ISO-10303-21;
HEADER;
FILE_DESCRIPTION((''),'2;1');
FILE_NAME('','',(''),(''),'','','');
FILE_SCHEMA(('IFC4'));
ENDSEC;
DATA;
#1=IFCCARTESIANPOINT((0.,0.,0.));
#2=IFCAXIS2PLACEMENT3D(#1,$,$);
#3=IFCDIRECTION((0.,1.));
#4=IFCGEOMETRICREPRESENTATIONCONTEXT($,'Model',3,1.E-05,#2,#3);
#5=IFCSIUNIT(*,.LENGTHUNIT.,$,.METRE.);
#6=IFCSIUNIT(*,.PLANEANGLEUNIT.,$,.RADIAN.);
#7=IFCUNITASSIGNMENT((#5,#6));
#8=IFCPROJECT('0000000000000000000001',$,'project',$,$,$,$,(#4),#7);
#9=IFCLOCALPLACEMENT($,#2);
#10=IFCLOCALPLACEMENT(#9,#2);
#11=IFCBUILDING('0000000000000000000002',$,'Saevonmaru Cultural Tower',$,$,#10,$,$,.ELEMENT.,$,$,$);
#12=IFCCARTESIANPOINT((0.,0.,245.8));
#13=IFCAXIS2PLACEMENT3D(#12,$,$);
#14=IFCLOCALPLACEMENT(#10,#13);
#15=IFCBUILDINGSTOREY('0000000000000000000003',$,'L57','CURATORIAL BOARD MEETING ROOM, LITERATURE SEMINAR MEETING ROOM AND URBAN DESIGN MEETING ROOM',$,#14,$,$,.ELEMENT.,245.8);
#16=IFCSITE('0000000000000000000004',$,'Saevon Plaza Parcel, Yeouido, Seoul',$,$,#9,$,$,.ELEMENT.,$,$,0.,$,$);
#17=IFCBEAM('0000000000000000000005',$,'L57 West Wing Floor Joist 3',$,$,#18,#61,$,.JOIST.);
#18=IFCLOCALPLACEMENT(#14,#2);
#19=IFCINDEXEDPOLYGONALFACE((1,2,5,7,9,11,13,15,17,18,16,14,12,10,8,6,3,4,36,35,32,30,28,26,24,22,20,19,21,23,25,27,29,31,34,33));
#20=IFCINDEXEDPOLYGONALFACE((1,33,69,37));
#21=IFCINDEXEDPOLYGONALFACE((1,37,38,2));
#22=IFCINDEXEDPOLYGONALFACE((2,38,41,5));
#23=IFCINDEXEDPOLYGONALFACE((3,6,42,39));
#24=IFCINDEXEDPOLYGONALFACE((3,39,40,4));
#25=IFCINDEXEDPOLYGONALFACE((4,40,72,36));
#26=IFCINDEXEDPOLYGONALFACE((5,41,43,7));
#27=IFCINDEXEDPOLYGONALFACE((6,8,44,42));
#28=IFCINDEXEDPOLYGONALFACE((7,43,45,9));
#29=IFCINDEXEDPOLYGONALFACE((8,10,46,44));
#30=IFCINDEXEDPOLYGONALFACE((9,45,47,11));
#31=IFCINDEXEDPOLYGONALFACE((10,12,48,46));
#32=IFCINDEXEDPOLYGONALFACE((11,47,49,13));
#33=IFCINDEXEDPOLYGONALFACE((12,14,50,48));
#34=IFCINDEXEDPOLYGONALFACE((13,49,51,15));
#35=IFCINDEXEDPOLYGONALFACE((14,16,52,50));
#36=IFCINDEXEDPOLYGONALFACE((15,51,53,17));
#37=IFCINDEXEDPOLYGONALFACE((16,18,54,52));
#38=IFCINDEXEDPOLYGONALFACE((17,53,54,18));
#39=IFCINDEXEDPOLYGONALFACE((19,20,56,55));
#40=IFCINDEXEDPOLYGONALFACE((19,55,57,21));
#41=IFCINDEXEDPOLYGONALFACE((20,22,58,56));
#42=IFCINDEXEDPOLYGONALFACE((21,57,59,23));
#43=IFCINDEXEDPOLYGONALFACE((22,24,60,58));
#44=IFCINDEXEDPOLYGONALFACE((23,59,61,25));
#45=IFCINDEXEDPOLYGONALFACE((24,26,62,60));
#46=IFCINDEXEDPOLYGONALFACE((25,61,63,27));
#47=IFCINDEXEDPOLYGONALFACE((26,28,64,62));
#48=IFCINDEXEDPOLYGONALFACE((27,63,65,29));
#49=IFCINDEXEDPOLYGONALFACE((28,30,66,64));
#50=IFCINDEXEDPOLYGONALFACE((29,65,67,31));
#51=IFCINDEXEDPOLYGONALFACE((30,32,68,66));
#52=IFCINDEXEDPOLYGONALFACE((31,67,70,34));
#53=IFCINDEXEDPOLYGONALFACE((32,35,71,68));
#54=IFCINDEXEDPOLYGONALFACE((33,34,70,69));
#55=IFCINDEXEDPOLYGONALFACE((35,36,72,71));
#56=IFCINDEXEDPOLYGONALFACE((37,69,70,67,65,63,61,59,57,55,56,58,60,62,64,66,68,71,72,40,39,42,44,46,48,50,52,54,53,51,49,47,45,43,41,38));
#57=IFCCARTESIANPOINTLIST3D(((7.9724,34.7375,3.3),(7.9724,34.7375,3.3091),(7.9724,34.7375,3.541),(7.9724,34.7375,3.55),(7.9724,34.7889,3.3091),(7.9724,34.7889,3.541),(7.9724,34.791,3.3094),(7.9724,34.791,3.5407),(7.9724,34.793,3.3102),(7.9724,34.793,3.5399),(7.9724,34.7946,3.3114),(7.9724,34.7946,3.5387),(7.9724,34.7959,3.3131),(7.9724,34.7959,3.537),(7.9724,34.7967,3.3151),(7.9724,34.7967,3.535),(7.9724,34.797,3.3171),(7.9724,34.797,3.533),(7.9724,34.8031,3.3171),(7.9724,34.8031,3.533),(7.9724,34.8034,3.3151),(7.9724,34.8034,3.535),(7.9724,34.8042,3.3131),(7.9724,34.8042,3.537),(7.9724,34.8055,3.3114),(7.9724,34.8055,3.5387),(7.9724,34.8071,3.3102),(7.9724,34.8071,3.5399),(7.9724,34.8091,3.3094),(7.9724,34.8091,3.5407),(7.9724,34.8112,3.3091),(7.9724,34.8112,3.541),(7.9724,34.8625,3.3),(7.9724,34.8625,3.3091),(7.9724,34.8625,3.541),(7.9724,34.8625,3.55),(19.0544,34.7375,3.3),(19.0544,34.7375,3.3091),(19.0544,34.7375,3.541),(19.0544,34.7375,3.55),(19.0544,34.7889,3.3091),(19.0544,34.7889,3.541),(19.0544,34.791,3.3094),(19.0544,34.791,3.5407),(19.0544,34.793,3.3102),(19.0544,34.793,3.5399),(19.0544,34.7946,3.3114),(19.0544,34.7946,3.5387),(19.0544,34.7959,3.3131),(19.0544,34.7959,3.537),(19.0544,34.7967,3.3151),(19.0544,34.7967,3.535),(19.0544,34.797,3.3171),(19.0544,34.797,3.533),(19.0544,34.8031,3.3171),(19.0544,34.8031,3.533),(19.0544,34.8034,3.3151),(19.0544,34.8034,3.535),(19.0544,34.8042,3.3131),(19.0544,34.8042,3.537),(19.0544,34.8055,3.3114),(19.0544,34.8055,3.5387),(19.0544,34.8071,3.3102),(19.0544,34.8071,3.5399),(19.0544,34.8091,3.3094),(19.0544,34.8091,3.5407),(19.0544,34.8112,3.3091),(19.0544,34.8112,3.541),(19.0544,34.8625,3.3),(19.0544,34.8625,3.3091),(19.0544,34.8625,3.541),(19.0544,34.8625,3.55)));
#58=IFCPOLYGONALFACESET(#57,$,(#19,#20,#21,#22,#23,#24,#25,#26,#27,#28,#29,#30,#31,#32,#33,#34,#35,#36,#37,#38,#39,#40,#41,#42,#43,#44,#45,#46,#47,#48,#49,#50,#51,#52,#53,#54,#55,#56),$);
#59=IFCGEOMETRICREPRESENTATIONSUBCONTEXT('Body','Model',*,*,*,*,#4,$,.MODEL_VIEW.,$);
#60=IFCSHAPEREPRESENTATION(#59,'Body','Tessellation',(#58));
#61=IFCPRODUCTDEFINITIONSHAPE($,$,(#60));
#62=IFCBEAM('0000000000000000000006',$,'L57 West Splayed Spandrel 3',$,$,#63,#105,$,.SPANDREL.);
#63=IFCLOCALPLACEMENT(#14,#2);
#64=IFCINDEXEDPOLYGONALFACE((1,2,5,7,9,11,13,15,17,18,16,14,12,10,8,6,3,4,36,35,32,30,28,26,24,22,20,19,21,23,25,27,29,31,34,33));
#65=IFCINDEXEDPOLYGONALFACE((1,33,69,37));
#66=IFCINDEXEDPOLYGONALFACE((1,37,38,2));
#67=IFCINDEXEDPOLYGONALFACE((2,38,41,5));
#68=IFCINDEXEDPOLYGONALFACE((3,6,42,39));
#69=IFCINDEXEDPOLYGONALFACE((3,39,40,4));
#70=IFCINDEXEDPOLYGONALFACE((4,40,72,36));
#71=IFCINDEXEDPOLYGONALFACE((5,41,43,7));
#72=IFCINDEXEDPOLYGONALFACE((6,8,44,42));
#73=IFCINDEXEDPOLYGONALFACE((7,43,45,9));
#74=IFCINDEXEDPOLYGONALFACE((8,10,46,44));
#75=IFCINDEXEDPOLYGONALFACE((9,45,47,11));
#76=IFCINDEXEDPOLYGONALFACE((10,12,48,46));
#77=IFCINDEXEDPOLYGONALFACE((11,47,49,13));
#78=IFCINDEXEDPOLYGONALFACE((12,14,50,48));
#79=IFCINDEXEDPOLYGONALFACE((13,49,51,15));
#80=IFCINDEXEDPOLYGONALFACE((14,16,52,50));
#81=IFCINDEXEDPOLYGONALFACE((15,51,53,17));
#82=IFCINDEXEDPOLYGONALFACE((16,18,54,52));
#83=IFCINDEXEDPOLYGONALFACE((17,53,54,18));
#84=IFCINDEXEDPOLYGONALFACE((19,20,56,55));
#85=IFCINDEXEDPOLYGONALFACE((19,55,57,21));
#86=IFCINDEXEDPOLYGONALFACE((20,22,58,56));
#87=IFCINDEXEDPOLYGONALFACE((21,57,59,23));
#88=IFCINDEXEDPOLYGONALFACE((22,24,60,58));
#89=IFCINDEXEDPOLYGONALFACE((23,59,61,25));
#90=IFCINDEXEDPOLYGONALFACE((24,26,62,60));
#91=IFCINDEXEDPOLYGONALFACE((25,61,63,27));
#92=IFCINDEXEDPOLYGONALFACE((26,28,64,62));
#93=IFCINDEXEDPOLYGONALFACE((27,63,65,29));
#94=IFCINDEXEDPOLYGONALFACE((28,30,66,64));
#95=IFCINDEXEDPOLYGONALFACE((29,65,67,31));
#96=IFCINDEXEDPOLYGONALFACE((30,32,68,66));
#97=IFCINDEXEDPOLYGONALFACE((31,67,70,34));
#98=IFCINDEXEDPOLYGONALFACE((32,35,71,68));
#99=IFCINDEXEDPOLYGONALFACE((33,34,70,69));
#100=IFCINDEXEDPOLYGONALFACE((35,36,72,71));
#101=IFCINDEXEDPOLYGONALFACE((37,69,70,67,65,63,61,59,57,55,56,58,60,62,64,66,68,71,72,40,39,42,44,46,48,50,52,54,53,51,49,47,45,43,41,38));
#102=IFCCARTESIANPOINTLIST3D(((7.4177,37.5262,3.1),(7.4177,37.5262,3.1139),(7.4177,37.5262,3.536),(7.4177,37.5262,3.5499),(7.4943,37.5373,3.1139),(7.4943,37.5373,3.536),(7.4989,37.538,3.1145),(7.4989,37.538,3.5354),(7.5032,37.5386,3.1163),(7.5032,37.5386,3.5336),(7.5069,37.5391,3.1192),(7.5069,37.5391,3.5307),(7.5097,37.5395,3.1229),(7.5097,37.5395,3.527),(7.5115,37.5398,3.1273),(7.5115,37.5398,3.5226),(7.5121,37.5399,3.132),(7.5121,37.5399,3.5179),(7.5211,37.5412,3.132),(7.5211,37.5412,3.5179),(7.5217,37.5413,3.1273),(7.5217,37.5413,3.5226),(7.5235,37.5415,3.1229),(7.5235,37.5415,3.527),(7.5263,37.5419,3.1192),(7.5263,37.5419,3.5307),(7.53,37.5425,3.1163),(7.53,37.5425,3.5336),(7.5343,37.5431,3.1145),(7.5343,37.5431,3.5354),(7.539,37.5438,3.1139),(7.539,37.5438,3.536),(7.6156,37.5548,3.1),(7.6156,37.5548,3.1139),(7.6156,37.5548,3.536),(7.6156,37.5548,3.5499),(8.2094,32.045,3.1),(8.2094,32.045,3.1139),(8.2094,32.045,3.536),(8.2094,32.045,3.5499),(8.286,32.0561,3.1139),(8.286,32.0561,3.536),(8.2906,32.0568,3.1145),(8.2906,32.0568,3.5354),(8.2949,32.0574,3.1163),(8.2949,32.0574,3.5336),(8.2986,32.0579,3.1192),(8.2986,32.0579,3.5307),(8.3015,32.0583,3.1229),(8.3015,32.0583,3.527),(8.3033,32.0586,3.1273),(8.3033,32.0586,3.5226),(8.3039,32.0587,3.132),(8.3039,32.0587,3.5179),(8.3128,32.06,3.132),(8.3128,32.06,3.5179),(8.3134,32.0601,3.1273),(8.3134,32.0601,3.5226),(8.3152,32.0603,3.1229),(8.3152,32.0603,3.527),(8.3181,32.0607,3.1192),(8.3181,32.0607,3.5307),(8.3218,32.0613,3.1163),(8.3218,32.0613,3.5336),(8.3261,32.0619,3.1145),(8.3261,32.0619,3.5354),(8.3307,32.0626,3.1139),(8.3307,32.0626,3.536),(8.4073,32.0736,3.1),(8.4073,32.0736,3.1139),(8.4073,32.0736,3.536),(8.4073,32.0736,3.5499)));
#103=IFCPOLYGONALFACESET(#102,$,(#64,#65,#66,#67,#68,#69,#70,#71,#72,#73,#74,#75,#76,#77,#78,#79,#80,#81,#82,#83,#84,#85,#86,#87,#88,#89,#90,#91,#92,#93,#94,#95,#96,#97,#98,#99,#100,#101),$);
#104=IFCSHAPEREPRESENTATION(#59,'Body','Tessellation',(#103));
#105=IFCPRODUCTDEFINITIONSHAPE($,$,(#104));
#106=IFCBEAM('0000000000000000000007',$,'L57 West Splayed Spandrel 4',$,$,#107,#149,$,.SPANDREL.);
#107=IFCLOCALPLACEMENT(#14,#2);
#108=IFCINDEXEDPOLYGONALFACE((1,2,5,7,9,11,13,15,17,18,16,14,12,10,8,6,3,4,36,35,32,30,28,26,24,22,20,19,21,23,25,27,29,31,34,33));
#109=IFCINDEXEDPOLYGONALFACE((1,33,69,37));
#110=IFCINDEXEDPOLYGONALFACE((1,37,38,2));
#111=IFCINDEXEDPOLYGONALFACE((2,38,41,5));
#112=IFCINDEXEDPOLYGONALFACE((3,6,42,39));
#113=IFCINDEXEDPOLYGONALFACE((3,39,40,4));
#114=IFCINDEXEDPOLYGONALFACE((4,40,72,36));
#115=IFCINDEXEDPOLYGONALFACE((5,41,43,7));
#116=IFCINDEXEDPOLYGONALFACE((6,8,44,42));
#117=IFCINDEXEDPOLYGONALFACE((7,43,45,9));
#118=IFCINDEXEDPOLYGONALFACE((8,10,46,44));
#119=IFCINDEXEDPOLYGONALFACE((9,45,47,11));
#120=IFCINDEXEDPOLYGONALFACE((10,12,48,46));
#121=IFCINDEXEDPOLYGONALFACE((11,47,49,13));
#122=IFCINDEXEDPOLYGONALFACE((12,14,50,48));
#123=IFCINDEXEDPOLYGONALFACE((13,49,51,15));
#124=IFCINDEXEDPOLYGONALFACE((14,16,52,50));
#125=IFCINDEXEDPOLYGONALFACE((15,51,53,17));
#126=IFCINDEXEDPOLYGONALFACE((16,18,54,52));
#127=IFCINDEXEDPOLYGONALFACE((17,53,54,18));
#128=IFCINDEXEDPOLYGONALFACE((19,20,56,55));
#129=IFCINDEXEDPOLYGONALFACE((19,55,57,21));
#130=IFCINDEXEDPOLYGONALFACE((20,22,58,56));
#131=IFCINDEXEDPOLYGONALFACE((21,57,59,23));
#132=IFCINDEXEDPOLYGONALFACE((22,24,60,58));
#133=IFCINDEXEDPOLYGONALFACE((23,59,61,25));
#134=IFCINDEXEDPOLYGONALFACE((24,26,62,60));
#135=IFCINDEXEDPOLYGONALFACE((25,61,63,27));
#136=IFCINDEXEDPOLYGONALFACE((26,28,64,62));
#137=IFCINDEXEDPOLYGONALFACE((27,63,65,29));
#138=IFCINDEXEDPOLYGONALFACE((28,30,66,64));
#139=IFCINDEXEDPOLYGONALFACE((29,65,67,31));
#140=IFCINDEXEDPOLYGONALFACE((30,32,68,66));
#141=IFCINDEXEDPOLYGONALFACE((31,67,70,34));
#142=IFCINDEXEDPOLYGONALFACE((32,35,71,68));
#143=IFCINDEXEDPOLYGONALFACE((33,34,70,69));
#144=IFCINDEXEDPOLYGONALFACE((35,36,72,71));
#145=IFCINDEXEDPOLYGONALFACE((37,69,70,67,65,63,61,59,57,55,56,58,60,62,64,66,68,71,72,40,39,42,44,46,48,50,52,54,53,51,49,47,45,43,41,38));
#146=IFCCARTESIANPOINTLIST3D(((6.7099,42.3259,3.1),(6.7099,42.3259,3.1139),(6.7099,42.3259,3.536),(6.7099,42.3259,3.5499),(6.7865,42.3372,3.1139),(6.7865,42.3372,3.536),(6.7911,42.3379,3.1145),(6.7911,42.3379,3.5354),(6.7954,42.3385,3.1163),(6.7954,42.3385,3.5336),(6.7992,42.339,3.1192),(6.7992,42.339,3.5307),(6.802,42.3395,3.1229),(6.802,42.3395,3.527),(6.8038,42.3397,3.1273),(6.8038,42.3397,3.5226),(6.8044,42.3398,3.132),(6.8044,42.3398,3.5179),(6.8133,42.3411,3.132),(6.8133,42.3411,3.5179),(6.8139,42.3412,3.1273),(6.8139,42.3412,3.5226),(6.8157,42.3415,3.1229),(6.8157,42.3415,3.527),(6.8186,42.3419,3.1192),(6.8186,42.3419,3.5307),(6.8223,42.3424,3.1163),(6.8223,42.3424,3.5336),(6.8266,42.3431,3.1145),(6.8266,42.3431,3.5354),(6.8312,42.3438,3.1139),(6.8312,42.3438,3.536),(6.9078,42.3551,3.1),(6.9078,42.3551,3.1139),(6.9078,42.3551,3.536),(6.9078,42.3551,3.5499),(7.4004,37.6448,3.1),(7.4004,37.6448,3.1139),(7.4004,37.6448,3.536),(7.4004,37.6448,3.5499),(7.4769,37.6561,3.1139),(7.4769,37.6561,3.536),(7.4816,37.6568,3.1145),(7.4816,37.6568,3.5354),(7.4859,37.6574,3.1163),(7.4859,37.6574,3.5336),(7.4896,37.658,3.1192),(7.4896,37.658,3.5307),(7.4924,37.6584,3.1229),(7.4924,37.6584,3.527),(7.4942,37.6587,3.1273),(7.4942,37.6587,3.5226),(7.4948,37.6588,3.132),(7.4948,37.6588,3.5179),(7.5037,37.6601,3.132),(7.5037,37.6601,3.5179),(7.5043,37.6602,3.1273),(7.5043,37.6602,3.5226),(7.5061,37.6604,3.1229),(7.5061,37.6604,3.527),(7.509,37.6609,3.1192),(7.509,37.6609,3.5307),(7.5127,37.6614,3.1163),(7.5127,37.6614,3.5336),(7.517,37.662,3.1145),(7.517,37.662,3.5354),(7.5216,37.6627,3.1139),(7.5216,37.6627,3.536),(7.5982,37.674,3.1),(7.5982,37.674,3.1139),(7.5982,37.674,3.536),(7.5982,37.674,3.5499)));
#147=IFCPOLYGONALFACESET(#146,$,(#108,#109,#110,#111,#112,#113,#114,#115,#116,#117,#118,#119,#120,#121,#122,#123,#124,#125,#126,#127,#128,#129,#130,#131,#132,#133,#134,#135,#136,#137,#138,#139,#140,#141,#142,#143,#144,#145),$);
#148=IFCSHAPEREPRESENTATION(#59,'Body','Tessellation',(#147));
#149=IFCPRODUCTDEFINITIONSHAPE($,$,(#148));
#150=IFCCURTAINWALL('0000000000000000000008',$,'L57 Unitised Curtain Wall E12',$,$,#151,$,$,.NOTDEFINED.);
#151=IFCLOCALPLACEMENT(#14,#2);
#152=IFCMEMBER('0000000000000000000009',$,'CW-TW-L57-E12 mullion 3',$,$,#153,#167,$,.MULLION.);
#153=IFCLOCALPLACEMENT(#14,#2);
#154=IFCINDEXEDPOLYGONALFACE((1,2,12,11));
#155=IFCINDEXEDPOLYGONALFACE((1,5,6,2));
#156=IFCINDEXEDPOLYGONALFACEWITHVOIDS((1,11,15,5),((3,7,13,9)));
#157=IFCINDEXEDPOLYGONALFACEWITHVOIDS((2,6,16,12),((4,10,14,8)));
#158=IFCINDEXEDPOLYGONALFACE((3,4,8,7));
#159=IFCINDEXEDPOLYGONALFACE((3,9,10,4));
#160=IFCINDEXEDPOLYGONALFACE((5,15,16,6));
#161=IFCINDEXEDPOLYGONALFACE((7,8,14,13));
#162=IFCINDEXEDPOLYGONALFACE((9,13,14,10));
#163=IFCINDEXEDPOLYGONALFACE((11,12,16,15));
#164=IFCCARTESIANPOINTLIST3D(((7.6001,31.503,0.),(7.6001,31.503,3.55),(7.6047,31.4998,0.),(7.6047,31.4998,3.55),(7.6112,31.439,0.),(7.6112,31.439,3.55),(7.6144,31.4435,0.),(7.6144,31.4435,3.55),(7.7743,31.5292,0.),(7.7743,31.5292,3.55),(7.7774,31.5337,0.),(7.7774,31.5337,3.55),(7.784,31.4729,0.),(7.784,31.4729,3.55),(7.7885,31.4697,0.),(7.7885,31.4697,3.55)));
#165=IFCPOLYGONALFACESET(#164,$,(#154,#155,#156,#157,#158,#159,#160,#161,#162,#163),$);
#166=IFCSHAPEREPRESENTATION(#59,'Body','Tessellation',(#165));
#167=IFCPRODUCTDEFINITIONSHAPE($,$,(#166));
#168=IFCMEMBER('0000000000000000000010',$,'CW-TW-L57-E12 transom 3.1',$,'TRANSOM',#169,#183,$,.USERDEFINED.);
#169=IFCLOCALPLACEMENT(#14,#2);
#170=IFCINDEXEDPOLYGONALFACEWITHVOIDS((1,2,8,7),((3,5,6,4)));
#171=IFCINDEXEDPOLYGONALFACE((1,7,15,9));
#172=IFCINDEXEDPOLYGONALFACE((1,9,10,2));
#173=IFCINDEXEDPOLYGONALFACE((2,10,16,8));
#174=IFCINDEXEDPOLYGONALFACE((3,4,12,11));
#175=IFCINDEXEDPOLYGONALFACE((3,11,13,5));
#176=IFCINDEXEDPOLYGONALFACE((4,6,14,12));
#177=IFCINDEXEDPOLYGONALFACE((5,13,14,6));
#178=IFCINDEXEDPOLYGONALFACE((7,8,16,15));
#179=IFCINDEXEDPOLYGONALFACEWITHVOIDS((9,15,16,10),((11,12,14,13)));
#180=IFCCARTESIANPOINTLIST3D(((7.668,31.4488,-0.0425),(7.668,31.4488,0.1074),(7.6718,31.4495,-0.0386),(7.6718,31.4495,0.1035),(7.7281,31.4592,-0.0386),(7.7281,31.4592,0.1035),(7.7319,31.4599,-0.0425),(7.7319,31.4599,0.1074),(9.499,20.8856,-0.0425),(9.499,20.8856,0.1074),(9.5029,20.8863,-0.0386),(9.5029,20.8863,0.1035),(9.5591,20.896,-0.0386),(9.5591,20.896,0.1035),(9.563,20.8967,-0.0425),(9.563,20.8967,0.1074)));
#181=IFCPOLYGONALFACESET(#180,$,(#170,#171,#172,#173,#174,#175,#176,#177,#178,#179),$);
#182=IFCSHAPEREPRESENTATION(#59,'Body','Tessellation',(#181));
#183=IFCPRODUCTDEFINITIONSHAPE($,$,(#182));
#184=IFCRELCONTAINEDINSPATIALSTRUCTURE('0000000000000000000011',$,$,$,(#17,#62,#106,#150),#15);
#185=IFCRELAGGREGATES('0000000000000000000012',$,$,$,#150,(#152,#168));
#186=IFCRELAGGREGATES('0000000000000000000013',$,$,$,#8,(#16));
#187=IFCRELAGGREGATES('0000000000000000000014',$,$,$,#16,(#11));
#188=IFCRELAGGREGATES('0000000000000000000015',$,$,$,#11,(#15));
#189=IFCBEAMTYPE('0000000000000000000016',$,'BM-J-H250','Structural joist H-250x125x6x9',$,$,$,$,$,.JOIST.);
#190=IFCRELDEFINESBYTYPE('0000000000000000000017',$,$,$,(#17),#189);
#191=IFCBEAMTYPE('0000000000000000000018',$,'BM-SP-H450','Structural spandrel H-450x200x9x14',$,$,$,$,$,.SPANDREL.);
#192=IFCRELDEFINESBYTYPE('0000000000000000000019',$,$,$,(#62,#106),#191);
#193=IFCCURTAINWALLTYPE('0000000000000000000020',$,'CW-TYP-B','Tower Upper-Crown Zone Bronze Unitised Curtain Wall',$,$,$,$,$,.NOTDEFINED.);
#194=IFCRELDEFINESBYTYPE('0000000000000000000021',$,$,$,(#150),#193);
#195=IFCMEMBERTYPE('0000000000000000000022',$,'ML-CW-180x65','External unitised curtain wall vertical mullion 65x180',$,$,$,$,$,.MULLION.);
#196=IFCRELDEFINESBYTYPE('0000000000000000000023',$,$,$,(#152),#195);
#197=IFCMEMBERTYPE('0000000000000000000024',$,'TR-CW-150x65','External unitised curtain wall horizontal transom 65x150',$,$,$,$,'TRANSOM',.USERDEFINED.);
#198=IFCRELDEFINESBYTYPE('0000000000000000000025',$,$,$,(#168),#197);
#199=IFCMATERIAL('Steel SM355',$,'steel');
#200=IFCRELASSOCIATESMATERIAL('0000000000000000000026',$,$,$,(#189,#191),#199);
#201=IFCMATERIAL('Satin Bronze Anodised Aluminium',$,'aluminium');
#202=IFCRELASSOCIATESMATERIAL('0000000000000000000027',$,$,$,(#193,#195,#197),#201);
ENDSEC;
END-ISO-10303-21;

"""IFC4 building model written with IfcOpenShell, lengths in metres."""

from ifc_helpers import new_model, si_unit, direction, frame, origin, origin_2d, place, context, subcontext, project, spatial, hollow_rectangle, i_section, extrude, material, material_profile, profile_set, type_object, element, aggregate, save


model = new_model("IFC4")

# Units and contexts
model_context = context("Model", 3, precision=1e-05, world=origin(), true_north=direction((0.0, 1.0)))
body_context = subcontext(model_context, "Body", "Model", "MODEL_VIEW")
ifc_project = project(units=[si_unit("LENGTHUNIT", "METRE"), si_unit("PLANEANGLEUNIT", "RADIAN")], contexts=[model_context])

# Site, building, storey
site_placement = place(None, origin())
site = spatial("IfcSite", under=ifc_project, at=site_placement, Name="Saevon Plaza Parcel, Yeouido, Seoul", CompositionType="ELEMENT", RefElevation=0.0)
building_placement = place(site_placement, origin())
building = spatial("IfcBuilding", under=site, at=building_placement, Name="Saevonmaru Cultural Tower", CompositionType="ELEMENT")
storey_placement = place(building_placement, frame((0.0, 0.0, 245.8)))
storey = spatial("IfcBuildingStorey", under=building, at=storey_placement, Name="L57", Description="CURATORIAL BOARD MEETING ROOM, LITERATURE SEMINAR MEETING ROOM AND URBAN DESIGN MEETING ROOM", CompositionType="ELEMENT", Elevation=245.8)

# Beams
ifc_material_1 = material(Name="Steel SM355", Category="steel")
ifc_material_profile_1 = material_profile(ifc_material_1, i_section(OverallWidth=0.125, OverallDepth=0.25, WebThickness=0.0061, FlangeThickness=0.009, FilletRadius=0.0081, at=origin_2d()), Name="H-250x125x6x9")
ifc_profile_set_1 = profile_set([ifc_material_profile_1], Name="Steel SM355")
beam_type_1 = type_object("IfcBeamType", Name="BM-J-H250", Description="Structural joist H-250x125x6x9", PredefinedType="JOIST", material=ifc_profile_set_1)
for number, where, z_axis, x_axis, name in (
    (1, (7.9724, 34.8, 3.425), (1.0, 0.0, 0.0), (0.0, 1.0, 0.0), "L57 West Wing Floor Joist 3"),
):
    element("IfcBeam", number, at=place(storey_placement, frame(where, z_axis=z_axis, x_axis=x_axis)), inside=storey, type_object=beam_type_1, Name=name, PredefinedType="JOIST", context=body_context, shape_type="SweptSolid", body=[
        extrude(i_section(OverallWidth=0.125, OverallDepth=0.25, WebThickness=0.0061, FlangeThickness=0.009, FilletRadius=0.0081, at=origin_2d()), origin(), (0.0, 0.0, 1.0), 11.082),
    ])
ifc_material_profile_2 = material_profile(ifc_material_1, i_section(OverallWidth=0.2, OverallDepth=0.45, WebThickness=0.009, FlangeThickness=0.0139, FilletRadius=0.0181, at=origin_2d()), Name="H-450x200x9x14")
ifc_profile_set_2 = profile_set([ifc_material_profile_2], Name="Steel SM355")
beam_type_2 = type_object("IfcBeamType", Name="BM-SP-H450", Description="Structural spandrel H-450x200x9x14", PredefinedType="SPANDREL", material=ifc_profile_set_2)
beam_1_placement = place(storey_placement, frame((8.3083, 32.0593, 3.325), z_axis=(-0.142964, 0.989728, 0.0), x_axis=(-0.989728, -0.142964, 0.0)))
element("IfcBeam", 2, at=beam_1_placement, inside=storey, type_object=beam_type_2, Name="L57 West Splayed Spandrel 3", PredefinedType="SPANDREL", context=body_context, shape_type="SweptSolid", body=[
    extrude(i_section(OverallWidth=0.2, OverallDepth=0.45, WebThickness=0.009, FlangeThickness=0.0139, FilletRadius=0.0181, at=origin_2d()), origin(), (0.0, 0.0, 1.0), 5.5381),
])
beam_2_placement = place(storey_placement, frame((7.4993, 37.6594, 3.325), z_axis=(-0.145913, 0.989297, 0.0), x_axis=(-0.989297, -0.145913, 0.0)))
element("IfcBeam", 3, at=beam_2_placement, inside=storey, type_object=beam_type_2, Name="L57 West Splayed Spandrel 4", PredefinedType="SPANDREL", context=body_context, shape_type="SweptSolid", body=[
    extrude(i_section(OverallWidth=0.2, OverallDepth=0.45, WebThickness=0.009, FlangeThickness=0.0139, FilletRadius=0.0181, at=origin_2d()), origin(), (0.0, 0.0, 1.0), 4.7317),
])

# Curtain wall, members
ifc_material_2 = material(Name="Satin Bronze Anodised Aluminium", Category="aluminium")
curtain_wall_type = type_object("IfcCurtainWallType", Name="CW-TYP-B", Description="Tower Upper-Crown Zone Bronze Unitised Curtain Wall", PredefinedType="NOTDEFINED", material=ifc_material_2)
curtain_wall_placement = place(storey_placement, origin())
curtain_wall = element("IfcCurtainWall", 4, at=curtain_wall_placement, inside=storey, type_object=curtain_wall_type, Name="L57 Unitised Curtain Wall E12", PredefinedType="NOTDEFINED")
ifc_material_profile_3 = material_profile(ifc_material_2, hollow_rectangle(XDim=0.0649, YDim=0.1799, WallThickness=0.0039, at=origin_2d()), Name="ALU-MULL-180x65x4")
ifc_profile_set_3 = profile_set([ifc_material_profile_3], Name="Satin Bronze Anodised Aluminium")
member_type_1 = type_object("IfcMemberType", Name="ML-CW-180x65", Description="External unitised curtain wall vertical mullion 65x180", PredefinedType="MULLION", material=ifc_profile_set_3)
member_1_placement = place(storey_placement, frame((7.6943, 31.4863, 0.0), z_axis=(0.0, 0.0, 1.0), x_axis=(0.17079, -0.985307, 0.0)))
member_1 = element("IfcMember", 5, at=member_1_placement, type_object=member_type_1, Name="CW-TW-L57-E12 mullion 3", PredefinedType="MULLION", context=body_context, shape_type="SweptSolid", body=[
    extrude(hollow_rectangle(XDim=0.0649, YDim=0.1799, WallThickness=0.0039, at=origin_2d()), origin(), (0.0, 0.0, 1.0), 3.55),
])
ifc_material_profile_4 = material_profile(ifc_material_2, hollow_rectangle(XDim=0.0649, YDim=0.1499, WallThickness=0.0039, at=origin_2d()), Name="ALU-TRAN-150x65x4")
ifc_profile_set_4 = profile_set([ifc_material_profile_4], Name="Satin Bronze Anodised Aluminium")
member_type_2 = type_object("IfcMemberType", Name="TR-CW-150x65", Description="External unitised curtain wall horizontal transom 65x150", ElementType="TRANSOM", PredefinedType="USERDEFINED", material=ifc_profile_set_4)
member_2_placement = place(storey_placement, frame((7.7, 31.4543, 0.0325), z_axis=(0.170795, -0.985307, 0.0), x_axis=(0.985307, 0.170795, 0.0)))
member_2 = element("IfcMember", 6, at=member_2_placement, type_object=member_type_2, Name="CW-TW-L57-E12 transom 3.1", ObjectType="TRANSOM", PredefinedType="USERDEFINED", context=body_context, shape_type="SweptSolid", body=[
    extrude(hollow_rectangle(XDim=0.0649, YDim=0.1499, WallThickness=0.0039, at=origin_2d()), origin(), (0.0, 0.0, 1.0), 10.7207),
])
aggregate(curtain_wall, [member_1, member_2])

save(model, "model.ifc")
